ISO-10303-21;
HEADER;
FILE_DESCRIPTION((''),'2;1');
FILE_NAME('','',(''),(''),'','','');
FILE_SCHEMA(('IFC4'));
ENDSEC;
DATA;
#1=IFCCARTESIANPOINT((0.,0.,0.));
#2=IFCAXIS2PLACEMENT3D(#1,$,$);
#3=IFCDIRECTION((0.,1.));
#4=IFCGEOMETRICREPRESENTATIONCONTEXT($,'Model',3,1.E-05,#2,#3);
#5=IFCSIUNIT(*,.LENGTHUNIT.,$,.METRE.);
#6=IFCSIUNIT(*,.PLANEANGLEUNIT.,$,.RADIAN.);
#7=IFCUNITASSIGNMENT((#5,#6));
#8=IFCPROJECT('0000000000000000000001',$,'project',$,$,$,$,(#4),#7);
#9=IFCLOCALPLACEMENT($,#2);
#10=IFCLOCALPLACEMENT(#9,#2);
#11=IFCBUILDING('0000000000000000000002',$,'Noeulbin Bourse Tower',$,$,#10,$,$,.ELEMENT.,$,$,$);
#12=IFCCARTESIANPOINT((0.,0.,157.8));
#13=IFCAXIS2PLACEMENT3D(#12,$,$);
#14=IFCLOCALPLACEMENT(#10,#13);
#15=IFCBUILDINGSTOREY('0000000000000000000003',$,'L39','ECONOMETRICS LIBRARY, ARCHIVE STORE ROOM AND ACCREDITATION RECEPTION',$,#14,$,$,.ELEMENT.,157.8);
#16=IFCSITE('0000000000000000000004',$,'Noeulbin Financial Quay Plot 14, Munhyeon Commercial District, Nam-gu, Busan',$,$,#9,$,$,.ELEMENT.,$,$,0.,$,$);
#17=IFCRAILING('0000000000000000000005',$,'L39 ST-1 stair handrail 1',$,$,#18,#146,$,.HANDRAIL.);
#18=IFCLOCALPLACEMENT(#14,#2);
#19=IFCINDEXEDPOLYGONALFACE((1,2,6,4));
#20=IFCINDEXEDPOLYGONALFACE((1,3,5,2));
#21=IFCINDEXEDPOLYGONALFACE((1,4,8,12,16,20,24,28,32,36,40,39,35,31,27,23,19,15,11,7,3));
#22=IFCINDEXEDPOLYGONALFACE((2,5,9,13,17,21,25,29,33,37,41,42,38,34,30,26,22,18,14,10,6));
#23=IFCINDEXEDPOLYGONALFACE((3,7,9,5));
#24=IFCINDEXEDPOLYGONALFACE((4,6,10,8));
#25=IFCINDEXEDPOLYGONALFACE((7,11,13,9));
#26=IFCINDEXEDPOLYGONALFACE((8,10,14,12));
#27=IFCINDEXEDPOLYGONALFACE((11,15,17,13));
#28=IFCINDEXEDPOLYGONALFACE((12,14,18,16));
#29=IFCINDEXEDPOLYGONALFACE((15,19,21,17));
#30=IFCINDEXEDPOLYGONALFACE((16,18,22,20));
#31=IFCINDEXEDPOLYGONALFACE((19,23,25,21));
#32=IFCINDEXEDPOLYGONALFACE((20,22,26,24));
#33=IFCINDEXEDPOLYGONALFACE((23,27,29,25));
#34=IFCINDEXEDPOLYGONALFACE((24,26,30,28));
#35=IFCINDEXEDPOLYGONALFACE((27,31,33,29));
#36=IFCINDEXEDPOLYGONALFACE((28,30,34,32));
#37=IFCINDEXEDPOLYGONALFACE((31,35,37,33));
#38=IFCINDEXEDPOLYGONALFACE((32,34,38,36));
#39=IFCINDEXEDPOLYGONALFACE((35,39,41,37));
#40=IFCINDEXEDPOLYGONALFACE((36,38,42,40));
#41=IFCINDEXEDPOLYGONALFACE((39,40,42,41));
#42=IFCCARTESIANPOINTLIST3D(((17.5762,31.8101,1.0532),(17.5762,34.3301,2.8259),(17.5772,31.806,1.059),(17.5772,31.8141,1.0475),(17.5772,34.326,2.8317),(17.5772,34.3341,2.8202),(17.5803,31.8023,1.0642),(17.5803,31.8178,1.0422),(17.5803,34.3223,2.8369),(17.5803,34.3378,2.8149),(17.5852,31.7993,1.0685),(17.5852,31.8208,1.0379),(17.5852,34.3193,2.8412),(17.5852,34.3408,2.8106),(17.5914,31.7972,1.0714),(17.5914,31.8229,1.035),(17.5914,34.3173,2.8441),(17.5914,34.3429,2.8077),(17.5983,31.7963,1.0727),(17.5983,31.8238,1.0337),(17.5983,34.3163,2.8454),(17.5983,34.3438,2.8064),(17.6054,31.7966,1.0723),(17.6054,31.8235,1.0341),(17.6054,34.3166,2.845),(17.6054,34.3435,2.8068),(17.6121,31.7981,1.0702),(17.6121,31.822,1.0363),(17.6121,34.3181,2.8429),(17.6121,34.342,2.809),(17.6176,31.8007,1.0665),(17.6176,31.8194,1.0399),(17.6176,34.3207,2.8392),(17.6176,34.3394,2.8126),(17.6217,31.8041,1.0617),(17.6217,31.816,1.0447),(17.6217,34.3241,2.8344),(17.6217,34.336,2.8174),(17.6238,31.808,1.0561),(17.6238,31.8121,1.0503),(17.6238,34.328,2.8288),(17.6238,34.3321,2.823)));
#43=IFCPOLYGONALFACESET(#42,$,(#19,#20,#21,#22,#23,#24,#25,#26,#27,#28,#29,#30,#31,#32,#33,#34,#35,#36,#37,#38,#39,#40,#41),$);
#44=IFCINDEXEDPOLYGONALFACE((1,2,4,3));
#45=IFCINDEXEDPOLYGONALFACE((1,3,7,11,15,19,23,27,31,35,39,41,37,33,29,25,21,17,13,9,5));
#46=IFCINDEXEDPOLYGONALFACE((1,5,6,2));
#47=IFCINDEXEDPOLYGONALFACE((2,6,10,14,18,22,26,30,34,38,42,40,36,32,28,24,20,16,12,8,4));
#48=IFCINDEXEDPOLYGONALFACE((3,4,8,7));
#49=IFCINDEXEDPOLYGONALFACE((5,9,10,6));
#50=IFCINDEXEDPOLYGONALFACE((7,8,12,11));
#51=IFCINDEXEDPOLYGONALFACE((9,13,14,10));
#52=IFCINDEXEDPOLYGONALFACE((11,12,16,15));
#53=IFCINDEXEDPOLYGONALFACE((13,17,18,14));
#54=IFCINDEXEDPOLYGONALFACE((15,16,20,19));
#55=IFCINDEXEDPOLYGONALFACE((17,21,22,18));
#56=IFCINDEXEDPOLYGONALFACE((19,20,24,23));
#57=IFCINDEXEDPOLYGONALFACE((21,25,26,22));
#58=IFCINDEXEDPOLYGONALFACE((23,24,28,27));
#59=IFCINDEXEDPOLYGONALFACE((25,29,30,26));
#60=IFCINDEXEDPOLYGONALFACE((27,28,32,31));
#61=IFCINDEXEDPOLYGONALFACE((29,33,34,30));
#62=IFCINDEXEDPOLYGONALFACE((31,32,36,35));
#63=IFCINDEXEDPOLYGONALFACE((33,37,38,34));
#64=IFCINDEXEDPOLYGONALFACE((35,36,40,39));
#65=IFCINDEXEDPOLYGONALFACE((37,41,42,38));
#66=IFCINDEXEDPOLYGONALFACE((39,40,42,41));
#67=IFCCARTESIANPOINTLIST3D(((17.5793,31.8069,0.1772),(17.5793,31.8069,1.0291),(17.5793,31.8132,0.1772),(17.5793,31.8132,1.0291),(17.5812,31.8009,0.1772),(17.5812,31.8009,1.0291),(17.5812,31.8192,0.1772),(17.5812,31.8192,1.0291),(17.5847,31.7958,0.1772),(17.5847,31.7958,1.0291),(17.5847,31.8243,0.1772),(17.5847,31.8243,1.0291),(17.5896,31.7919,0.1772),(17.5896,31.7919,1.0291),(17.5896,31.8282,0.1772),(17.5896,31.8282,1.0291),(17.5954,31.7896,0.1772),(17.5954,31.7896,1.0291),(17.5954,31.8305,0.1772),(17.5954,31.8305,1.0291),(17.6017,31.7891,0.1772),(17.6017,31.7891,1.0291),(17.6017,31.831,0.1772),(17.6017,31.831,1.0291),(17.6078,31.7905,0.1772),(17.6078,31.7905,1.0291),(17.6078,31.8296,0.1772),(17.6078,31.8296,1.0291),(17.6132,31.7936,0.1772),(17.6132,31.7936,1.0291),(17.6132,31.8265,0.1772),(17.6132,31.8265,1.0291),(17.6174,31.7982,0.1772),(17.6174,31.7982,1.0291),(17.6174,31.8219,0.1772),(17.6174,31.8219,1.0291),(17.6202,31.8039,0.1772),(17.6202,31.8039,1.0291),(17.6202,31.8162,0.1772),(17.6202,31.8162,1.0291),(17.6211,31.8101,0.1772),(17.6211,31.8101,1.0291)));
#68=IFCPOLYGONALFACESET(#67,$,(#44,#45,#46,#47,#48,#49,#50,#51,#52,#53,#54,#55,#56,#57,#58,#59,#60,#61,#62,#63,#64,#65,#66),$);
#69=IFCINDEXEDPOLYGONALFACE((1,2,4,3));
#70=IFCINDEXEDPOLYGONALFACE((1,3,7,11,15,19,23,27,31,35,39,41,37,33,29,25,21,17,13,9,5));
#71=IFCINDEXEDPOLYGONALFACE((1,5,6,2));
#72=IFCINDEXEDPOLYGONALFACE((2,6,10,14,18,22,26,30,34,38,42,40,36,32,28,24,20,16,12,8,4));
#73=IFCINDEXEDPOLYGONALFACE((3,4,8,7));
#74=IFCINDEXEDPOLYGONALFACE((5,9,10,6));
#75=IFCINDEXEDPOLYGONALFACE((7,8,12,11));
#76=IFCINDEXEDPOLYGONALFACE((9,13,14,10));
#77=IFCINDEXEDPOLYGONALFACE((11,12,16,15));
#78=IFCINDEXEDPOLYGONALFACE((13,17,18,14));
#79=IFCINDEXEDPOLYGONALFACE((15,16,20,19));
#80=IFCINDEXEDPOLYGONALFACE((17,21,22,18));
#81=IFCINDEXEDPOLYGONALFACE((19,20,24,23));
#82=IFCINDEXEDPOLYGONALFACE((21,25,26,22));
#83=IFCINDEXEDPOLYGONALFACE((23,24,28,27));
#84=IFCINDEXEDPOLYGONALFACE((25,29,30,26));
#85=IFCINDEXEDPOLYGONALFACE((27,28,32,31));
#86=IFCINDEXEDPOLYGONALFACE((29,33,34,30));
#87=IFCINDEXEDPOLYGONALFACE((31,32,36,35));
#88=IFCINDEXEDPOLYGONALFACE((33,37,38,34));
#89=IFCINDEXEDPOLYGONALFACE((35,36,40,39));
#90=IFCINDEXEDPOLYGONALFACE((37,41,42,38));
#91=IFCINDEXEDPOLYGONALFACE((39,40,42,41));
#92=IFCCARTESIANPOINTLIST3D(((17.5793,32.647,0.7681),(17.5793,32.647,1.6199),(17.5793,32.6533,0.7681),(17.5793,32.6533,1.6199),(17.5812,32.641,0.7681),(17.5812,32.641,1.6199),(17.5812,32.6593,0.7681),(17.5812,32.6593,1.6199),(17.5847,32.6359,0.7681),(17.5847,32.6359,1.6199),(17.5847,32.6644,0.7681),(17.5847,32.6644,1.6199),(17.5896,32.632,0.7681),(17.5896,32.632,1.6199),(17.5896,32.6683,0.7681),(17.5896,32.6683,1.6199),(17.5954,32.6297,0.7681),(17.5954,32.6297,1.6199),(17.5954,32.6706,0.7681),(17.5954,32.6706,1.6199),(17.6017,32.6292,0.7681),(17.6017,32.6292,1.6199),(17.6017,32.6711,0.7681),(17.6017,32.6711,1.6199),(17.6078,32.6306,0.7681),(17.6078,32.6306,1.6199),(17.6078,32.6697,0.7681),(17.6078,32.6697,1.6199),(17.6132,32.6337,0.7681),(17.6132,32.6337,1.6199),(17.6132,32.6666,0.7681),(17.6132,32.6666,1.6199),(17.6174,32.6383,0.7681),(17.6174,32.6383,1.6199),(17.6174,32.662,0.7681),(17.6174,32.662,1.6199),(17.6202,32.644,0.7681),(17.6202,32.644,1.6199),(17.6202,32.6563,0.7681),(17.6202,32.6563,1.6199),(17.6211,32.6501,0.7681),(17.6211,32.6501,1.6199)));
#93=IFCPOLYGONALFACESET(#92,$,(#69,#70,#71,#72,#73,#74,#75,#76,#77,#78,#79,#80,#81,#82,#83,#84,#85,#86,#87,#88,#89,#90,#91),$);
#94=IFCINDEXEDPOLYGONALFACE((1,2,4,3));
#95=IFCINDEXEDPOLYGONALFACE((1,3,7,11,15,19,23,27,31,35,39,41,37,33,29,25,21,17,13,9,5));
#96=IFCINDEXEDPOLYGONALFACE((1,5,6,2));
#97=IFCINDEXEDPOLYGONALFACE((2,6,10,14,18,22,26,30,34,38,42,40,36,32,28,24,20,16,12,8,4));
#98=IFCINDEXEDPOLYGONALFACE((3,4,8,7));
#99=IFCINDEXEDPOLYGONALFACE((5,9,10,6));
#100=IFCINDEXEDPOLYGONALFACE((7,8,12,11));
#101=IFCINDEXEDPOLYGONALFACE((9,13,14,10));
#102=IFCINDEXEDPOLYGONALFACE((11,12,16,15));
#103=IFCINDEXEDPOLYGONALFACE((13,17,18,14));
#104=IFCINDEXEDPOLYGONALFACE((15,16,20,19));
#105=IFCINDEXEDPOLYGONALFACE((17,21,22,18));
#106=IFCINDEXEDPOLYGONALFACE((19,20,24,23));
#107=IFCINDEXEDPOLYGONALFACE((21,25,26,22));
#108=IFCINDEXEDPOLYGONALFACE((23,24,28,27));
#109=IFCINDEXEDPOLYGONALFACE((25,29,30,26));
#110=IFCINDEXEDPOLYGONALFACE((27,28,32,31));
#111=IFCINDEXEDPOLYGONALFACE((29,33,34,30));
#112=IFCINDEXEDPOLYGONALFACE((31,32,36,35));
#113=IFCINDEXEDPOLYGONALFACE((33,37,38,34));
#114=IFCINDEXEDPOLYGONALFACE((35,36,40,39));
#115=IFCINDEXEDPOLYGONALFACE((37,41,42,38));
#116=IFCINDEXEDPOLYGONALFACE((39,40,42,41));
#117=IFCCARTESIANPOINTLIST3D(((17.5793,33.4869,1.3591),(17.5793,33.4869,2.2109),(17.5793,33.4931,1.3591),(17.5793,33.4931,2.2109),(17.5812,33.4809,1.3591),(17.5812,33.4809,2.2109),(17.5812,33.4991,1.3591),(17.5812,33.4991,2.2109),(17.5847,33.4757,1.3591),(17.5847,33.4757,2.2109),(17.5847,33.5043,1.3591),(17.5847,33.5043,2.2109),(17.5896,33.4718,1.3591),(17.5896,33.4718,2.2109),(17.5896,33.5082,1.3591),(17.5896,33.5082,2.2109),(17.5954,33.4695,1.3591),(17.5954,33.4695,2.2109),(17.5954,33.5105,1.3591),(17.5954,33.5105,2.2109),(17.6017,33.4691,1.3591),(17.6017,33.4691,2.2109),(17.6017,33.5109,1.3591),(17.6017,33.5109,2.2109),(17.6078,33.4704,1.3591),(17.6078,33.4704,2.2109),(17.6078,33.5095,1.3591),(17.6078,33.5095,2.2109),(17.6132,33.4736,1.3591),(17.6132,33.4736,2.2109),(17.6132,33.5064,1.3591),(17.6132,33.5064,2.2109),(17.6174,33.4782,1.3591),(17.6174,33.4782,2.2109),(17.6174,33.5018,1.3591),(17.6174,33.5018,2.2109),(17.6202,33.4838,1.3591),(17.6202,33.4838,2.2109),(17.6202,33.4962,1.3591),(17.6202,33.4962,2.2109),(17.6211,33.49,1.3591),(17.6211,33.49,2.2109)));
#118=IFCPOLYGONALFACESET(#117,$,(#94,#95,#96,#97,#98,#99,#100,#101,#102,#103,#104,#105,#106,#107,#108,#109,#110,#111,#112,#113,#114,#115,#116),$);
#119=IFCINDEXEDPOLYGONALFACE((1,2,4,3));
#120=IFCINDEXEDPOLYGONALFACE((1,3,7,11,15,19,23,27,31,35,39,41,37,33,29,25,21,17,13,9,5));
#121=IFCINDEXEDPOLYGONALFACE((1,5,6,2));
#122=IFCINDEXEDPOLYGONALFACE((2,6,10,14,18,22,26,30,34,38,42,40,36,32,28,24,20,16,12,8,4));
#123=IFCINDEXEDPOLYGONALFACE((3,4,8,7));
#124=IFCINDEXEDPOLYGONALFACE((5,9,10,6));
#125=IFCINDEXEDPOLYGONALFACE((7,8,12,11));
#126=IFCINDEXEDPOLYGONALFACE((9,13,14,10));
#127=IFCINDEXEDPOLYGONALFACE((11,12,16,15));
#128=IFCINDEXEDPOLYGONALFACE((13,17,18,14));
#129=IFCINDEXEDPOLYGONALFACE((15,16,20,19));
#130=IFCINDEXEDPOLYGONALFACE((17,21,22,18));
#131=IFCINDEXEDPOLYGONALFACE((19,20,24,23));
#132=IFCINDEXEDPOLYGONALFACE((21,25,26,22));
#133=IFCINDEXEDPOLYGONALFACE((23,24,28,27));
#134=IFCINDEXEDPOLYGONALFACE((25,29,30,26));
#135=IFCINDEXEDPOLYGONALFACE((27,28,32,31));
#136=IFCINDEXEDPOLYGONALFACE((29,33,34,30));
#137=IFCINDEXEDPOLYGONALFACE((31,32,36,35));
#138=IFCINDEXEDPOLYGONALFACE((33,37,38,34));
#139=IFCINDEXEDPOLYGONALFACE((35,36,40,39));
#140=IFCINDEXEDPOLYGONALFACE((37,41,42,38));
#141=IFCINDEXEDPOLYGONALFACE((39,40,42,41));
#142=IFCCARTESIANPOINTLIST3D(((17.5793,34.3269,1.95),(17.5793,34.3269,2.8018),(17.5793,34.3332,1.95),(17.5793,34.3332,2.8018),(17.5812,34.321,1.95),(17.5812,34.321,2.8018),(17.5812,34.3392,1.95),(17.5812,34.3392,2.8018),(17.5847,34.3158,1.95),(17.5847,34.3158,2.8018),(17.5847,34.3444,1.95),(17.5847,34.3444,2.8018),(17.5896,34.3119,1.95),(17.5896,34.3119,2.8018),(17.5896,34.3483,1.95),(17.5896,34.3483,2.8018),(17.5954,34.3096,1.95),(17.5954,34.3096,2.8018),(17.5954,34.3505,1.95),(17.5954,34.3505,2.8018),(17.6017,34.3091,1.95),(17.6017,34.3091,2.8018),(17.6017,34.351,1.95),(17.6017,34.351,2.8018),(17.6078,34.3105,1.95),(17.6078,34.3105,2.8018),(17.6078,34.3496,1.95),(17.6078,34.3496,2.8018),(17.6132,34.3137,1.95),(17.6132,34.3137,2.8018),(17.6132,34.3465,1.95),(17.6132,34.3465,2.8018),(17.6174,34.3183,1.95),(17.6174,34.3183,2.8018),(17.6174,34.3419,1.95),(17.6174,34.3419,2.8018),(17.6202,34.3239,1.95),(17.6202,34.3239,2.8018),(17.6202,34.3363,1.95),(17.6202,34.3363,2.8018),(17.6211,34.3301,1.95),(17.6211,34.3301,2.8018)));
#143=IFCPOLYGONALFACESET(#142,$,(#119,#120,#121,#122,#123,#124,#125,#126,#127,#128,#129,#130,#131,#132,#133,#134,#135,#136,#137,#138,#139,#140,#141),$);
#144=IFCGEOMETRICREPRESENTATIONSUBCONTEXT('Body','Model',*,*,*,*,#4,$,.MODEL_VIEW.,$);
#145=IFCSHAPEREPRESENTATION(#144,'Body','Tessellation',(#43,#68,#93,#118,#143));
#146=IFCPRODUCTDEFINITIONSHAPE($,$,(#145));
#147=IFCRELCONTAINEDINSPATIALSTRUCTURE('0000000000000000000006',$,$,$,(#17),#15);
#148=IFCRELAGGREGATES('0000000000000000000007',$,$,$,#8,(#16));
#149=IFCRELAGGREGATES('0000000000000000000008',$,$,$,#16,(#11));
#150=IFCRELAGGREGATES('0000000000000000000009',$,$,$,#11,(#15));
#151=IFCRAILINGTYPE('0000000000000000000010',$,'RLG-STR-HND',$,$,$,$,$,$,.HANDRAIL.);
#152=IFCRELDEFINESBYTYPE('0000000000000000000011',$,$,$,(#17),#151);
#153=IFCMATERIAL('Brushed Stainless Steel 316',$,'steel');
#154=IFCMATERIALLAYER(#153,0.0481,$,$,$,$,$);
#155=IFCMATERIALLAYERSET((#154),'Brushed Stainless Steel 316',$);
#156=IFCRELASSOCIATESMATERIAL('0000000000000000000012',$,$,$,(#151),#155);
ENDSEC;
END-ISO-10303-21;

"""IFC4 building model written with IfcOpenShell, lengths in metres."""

from ifc_helpers import new_model, si_unit, direction, frame, origin, origin_2d, place, context, subcontext, project, spatial, circle, extrude, material, layer, layer_set, type_object, element, save


model = new_model("IFC4")

# Units and contexts
model_context = context("Model", 3, precision=1e-05, world=origin(), true_north=direction((0.0, 1.0)))
body_context = subcontext(model_context, "Body", "Model", "MODEL_VIEW")
ifc_project = project(units=[si_unit("LENGTHUNIT", "METRE"), si_unit("PLANEANGLEUNIT", "RADIAN")], contexts=[model_context])

# Site, building, storey
site_placement = place(None, origin())
site = spatial("IfcSite", under=ifc_project, at=site_placement, Name="Noeulbin Financial Quay Plot 14, Munhyeon Commercial District, Nam-gu, Busan", CompositionType="ELEMENT", RefElevation=0.0)
building_placement = place(site_placement, origin())
building = spatial("IfcBuilding", under=site, at=building_placement, Name="Noeulbin Bourse Tower", CompositionType="ELEMENT")
storey_placement = place(building_placement, frame((0.0, 0.0, 157.8)))
storey = spatial("IfcBuildingStorey", under=building, at=storey_placement, Name="L39", Description="ECONOMETRICS LIBRARY, ARCHIVE STORE ROOM AND ACCREDITATION RECEPTION", CompositionType="ELEMENT", Elevation=157.8)

# Shared definitions
ifc_material_1 = material(Name="Brushed Stainless Steel 316", Category="steel")

# Railing
ifc_layer_1 = layer(ifc_material_1, 0.0481)
ifc_layer_set_1 = layer_set([ifc_layer_1], Name="Brushed Stainless Steel 316")
railing_type_1 = type_object("IfcRailingType", Name="RLG-STR-HND", PredefinedType="HANDRAIL", material=ifc_layer_set_1)
railing_1_placement = place(storey_placement, frame((17.6001, 31.8101, 0.1772)))
element("IfcRailing", 1, at=railing_1_placement, inside=storey, type_object=railing_type_1, Name="L39 ST-1 stair handrail 1", PredefinedType="HANDRAIL", context=body_context, shape_type="SweptSolid", body=[
    extrude(circle(Radius=0.0239, at=origin_2d()), frame((0.0, 0.0, 0.876), z_axis=(0.0, 0.817904, 0.575354), x_axis=(-1.0, 0.0, 0.0)), (0.0, 0.0, 1.0), 3.0811),
    extrude(circle(Radius=0.021, at=origin_2d()), origin(), (0.0, 0.0, 1.0), 0.8518),
    extrude(circle(Radius=0.021, at=origin_2d()), frame((0.0, 0.8401, 0.5908)), (0.0, 0.0, 1.0), 0.8518),
    extrude(circle(Radius=0.021, at=origin_2d()), frame((0.0, 1.6799, 1.1819)), (0.0, 0.0, 1.0), 0.8518),
    extrude(circle(Radius=0.021, at=origin_2d()), frame((0.0, 2.52, 1.7727)), (0.0, 0.0, 1.0), 0.8518),
])

save(model, "model.ifc")
